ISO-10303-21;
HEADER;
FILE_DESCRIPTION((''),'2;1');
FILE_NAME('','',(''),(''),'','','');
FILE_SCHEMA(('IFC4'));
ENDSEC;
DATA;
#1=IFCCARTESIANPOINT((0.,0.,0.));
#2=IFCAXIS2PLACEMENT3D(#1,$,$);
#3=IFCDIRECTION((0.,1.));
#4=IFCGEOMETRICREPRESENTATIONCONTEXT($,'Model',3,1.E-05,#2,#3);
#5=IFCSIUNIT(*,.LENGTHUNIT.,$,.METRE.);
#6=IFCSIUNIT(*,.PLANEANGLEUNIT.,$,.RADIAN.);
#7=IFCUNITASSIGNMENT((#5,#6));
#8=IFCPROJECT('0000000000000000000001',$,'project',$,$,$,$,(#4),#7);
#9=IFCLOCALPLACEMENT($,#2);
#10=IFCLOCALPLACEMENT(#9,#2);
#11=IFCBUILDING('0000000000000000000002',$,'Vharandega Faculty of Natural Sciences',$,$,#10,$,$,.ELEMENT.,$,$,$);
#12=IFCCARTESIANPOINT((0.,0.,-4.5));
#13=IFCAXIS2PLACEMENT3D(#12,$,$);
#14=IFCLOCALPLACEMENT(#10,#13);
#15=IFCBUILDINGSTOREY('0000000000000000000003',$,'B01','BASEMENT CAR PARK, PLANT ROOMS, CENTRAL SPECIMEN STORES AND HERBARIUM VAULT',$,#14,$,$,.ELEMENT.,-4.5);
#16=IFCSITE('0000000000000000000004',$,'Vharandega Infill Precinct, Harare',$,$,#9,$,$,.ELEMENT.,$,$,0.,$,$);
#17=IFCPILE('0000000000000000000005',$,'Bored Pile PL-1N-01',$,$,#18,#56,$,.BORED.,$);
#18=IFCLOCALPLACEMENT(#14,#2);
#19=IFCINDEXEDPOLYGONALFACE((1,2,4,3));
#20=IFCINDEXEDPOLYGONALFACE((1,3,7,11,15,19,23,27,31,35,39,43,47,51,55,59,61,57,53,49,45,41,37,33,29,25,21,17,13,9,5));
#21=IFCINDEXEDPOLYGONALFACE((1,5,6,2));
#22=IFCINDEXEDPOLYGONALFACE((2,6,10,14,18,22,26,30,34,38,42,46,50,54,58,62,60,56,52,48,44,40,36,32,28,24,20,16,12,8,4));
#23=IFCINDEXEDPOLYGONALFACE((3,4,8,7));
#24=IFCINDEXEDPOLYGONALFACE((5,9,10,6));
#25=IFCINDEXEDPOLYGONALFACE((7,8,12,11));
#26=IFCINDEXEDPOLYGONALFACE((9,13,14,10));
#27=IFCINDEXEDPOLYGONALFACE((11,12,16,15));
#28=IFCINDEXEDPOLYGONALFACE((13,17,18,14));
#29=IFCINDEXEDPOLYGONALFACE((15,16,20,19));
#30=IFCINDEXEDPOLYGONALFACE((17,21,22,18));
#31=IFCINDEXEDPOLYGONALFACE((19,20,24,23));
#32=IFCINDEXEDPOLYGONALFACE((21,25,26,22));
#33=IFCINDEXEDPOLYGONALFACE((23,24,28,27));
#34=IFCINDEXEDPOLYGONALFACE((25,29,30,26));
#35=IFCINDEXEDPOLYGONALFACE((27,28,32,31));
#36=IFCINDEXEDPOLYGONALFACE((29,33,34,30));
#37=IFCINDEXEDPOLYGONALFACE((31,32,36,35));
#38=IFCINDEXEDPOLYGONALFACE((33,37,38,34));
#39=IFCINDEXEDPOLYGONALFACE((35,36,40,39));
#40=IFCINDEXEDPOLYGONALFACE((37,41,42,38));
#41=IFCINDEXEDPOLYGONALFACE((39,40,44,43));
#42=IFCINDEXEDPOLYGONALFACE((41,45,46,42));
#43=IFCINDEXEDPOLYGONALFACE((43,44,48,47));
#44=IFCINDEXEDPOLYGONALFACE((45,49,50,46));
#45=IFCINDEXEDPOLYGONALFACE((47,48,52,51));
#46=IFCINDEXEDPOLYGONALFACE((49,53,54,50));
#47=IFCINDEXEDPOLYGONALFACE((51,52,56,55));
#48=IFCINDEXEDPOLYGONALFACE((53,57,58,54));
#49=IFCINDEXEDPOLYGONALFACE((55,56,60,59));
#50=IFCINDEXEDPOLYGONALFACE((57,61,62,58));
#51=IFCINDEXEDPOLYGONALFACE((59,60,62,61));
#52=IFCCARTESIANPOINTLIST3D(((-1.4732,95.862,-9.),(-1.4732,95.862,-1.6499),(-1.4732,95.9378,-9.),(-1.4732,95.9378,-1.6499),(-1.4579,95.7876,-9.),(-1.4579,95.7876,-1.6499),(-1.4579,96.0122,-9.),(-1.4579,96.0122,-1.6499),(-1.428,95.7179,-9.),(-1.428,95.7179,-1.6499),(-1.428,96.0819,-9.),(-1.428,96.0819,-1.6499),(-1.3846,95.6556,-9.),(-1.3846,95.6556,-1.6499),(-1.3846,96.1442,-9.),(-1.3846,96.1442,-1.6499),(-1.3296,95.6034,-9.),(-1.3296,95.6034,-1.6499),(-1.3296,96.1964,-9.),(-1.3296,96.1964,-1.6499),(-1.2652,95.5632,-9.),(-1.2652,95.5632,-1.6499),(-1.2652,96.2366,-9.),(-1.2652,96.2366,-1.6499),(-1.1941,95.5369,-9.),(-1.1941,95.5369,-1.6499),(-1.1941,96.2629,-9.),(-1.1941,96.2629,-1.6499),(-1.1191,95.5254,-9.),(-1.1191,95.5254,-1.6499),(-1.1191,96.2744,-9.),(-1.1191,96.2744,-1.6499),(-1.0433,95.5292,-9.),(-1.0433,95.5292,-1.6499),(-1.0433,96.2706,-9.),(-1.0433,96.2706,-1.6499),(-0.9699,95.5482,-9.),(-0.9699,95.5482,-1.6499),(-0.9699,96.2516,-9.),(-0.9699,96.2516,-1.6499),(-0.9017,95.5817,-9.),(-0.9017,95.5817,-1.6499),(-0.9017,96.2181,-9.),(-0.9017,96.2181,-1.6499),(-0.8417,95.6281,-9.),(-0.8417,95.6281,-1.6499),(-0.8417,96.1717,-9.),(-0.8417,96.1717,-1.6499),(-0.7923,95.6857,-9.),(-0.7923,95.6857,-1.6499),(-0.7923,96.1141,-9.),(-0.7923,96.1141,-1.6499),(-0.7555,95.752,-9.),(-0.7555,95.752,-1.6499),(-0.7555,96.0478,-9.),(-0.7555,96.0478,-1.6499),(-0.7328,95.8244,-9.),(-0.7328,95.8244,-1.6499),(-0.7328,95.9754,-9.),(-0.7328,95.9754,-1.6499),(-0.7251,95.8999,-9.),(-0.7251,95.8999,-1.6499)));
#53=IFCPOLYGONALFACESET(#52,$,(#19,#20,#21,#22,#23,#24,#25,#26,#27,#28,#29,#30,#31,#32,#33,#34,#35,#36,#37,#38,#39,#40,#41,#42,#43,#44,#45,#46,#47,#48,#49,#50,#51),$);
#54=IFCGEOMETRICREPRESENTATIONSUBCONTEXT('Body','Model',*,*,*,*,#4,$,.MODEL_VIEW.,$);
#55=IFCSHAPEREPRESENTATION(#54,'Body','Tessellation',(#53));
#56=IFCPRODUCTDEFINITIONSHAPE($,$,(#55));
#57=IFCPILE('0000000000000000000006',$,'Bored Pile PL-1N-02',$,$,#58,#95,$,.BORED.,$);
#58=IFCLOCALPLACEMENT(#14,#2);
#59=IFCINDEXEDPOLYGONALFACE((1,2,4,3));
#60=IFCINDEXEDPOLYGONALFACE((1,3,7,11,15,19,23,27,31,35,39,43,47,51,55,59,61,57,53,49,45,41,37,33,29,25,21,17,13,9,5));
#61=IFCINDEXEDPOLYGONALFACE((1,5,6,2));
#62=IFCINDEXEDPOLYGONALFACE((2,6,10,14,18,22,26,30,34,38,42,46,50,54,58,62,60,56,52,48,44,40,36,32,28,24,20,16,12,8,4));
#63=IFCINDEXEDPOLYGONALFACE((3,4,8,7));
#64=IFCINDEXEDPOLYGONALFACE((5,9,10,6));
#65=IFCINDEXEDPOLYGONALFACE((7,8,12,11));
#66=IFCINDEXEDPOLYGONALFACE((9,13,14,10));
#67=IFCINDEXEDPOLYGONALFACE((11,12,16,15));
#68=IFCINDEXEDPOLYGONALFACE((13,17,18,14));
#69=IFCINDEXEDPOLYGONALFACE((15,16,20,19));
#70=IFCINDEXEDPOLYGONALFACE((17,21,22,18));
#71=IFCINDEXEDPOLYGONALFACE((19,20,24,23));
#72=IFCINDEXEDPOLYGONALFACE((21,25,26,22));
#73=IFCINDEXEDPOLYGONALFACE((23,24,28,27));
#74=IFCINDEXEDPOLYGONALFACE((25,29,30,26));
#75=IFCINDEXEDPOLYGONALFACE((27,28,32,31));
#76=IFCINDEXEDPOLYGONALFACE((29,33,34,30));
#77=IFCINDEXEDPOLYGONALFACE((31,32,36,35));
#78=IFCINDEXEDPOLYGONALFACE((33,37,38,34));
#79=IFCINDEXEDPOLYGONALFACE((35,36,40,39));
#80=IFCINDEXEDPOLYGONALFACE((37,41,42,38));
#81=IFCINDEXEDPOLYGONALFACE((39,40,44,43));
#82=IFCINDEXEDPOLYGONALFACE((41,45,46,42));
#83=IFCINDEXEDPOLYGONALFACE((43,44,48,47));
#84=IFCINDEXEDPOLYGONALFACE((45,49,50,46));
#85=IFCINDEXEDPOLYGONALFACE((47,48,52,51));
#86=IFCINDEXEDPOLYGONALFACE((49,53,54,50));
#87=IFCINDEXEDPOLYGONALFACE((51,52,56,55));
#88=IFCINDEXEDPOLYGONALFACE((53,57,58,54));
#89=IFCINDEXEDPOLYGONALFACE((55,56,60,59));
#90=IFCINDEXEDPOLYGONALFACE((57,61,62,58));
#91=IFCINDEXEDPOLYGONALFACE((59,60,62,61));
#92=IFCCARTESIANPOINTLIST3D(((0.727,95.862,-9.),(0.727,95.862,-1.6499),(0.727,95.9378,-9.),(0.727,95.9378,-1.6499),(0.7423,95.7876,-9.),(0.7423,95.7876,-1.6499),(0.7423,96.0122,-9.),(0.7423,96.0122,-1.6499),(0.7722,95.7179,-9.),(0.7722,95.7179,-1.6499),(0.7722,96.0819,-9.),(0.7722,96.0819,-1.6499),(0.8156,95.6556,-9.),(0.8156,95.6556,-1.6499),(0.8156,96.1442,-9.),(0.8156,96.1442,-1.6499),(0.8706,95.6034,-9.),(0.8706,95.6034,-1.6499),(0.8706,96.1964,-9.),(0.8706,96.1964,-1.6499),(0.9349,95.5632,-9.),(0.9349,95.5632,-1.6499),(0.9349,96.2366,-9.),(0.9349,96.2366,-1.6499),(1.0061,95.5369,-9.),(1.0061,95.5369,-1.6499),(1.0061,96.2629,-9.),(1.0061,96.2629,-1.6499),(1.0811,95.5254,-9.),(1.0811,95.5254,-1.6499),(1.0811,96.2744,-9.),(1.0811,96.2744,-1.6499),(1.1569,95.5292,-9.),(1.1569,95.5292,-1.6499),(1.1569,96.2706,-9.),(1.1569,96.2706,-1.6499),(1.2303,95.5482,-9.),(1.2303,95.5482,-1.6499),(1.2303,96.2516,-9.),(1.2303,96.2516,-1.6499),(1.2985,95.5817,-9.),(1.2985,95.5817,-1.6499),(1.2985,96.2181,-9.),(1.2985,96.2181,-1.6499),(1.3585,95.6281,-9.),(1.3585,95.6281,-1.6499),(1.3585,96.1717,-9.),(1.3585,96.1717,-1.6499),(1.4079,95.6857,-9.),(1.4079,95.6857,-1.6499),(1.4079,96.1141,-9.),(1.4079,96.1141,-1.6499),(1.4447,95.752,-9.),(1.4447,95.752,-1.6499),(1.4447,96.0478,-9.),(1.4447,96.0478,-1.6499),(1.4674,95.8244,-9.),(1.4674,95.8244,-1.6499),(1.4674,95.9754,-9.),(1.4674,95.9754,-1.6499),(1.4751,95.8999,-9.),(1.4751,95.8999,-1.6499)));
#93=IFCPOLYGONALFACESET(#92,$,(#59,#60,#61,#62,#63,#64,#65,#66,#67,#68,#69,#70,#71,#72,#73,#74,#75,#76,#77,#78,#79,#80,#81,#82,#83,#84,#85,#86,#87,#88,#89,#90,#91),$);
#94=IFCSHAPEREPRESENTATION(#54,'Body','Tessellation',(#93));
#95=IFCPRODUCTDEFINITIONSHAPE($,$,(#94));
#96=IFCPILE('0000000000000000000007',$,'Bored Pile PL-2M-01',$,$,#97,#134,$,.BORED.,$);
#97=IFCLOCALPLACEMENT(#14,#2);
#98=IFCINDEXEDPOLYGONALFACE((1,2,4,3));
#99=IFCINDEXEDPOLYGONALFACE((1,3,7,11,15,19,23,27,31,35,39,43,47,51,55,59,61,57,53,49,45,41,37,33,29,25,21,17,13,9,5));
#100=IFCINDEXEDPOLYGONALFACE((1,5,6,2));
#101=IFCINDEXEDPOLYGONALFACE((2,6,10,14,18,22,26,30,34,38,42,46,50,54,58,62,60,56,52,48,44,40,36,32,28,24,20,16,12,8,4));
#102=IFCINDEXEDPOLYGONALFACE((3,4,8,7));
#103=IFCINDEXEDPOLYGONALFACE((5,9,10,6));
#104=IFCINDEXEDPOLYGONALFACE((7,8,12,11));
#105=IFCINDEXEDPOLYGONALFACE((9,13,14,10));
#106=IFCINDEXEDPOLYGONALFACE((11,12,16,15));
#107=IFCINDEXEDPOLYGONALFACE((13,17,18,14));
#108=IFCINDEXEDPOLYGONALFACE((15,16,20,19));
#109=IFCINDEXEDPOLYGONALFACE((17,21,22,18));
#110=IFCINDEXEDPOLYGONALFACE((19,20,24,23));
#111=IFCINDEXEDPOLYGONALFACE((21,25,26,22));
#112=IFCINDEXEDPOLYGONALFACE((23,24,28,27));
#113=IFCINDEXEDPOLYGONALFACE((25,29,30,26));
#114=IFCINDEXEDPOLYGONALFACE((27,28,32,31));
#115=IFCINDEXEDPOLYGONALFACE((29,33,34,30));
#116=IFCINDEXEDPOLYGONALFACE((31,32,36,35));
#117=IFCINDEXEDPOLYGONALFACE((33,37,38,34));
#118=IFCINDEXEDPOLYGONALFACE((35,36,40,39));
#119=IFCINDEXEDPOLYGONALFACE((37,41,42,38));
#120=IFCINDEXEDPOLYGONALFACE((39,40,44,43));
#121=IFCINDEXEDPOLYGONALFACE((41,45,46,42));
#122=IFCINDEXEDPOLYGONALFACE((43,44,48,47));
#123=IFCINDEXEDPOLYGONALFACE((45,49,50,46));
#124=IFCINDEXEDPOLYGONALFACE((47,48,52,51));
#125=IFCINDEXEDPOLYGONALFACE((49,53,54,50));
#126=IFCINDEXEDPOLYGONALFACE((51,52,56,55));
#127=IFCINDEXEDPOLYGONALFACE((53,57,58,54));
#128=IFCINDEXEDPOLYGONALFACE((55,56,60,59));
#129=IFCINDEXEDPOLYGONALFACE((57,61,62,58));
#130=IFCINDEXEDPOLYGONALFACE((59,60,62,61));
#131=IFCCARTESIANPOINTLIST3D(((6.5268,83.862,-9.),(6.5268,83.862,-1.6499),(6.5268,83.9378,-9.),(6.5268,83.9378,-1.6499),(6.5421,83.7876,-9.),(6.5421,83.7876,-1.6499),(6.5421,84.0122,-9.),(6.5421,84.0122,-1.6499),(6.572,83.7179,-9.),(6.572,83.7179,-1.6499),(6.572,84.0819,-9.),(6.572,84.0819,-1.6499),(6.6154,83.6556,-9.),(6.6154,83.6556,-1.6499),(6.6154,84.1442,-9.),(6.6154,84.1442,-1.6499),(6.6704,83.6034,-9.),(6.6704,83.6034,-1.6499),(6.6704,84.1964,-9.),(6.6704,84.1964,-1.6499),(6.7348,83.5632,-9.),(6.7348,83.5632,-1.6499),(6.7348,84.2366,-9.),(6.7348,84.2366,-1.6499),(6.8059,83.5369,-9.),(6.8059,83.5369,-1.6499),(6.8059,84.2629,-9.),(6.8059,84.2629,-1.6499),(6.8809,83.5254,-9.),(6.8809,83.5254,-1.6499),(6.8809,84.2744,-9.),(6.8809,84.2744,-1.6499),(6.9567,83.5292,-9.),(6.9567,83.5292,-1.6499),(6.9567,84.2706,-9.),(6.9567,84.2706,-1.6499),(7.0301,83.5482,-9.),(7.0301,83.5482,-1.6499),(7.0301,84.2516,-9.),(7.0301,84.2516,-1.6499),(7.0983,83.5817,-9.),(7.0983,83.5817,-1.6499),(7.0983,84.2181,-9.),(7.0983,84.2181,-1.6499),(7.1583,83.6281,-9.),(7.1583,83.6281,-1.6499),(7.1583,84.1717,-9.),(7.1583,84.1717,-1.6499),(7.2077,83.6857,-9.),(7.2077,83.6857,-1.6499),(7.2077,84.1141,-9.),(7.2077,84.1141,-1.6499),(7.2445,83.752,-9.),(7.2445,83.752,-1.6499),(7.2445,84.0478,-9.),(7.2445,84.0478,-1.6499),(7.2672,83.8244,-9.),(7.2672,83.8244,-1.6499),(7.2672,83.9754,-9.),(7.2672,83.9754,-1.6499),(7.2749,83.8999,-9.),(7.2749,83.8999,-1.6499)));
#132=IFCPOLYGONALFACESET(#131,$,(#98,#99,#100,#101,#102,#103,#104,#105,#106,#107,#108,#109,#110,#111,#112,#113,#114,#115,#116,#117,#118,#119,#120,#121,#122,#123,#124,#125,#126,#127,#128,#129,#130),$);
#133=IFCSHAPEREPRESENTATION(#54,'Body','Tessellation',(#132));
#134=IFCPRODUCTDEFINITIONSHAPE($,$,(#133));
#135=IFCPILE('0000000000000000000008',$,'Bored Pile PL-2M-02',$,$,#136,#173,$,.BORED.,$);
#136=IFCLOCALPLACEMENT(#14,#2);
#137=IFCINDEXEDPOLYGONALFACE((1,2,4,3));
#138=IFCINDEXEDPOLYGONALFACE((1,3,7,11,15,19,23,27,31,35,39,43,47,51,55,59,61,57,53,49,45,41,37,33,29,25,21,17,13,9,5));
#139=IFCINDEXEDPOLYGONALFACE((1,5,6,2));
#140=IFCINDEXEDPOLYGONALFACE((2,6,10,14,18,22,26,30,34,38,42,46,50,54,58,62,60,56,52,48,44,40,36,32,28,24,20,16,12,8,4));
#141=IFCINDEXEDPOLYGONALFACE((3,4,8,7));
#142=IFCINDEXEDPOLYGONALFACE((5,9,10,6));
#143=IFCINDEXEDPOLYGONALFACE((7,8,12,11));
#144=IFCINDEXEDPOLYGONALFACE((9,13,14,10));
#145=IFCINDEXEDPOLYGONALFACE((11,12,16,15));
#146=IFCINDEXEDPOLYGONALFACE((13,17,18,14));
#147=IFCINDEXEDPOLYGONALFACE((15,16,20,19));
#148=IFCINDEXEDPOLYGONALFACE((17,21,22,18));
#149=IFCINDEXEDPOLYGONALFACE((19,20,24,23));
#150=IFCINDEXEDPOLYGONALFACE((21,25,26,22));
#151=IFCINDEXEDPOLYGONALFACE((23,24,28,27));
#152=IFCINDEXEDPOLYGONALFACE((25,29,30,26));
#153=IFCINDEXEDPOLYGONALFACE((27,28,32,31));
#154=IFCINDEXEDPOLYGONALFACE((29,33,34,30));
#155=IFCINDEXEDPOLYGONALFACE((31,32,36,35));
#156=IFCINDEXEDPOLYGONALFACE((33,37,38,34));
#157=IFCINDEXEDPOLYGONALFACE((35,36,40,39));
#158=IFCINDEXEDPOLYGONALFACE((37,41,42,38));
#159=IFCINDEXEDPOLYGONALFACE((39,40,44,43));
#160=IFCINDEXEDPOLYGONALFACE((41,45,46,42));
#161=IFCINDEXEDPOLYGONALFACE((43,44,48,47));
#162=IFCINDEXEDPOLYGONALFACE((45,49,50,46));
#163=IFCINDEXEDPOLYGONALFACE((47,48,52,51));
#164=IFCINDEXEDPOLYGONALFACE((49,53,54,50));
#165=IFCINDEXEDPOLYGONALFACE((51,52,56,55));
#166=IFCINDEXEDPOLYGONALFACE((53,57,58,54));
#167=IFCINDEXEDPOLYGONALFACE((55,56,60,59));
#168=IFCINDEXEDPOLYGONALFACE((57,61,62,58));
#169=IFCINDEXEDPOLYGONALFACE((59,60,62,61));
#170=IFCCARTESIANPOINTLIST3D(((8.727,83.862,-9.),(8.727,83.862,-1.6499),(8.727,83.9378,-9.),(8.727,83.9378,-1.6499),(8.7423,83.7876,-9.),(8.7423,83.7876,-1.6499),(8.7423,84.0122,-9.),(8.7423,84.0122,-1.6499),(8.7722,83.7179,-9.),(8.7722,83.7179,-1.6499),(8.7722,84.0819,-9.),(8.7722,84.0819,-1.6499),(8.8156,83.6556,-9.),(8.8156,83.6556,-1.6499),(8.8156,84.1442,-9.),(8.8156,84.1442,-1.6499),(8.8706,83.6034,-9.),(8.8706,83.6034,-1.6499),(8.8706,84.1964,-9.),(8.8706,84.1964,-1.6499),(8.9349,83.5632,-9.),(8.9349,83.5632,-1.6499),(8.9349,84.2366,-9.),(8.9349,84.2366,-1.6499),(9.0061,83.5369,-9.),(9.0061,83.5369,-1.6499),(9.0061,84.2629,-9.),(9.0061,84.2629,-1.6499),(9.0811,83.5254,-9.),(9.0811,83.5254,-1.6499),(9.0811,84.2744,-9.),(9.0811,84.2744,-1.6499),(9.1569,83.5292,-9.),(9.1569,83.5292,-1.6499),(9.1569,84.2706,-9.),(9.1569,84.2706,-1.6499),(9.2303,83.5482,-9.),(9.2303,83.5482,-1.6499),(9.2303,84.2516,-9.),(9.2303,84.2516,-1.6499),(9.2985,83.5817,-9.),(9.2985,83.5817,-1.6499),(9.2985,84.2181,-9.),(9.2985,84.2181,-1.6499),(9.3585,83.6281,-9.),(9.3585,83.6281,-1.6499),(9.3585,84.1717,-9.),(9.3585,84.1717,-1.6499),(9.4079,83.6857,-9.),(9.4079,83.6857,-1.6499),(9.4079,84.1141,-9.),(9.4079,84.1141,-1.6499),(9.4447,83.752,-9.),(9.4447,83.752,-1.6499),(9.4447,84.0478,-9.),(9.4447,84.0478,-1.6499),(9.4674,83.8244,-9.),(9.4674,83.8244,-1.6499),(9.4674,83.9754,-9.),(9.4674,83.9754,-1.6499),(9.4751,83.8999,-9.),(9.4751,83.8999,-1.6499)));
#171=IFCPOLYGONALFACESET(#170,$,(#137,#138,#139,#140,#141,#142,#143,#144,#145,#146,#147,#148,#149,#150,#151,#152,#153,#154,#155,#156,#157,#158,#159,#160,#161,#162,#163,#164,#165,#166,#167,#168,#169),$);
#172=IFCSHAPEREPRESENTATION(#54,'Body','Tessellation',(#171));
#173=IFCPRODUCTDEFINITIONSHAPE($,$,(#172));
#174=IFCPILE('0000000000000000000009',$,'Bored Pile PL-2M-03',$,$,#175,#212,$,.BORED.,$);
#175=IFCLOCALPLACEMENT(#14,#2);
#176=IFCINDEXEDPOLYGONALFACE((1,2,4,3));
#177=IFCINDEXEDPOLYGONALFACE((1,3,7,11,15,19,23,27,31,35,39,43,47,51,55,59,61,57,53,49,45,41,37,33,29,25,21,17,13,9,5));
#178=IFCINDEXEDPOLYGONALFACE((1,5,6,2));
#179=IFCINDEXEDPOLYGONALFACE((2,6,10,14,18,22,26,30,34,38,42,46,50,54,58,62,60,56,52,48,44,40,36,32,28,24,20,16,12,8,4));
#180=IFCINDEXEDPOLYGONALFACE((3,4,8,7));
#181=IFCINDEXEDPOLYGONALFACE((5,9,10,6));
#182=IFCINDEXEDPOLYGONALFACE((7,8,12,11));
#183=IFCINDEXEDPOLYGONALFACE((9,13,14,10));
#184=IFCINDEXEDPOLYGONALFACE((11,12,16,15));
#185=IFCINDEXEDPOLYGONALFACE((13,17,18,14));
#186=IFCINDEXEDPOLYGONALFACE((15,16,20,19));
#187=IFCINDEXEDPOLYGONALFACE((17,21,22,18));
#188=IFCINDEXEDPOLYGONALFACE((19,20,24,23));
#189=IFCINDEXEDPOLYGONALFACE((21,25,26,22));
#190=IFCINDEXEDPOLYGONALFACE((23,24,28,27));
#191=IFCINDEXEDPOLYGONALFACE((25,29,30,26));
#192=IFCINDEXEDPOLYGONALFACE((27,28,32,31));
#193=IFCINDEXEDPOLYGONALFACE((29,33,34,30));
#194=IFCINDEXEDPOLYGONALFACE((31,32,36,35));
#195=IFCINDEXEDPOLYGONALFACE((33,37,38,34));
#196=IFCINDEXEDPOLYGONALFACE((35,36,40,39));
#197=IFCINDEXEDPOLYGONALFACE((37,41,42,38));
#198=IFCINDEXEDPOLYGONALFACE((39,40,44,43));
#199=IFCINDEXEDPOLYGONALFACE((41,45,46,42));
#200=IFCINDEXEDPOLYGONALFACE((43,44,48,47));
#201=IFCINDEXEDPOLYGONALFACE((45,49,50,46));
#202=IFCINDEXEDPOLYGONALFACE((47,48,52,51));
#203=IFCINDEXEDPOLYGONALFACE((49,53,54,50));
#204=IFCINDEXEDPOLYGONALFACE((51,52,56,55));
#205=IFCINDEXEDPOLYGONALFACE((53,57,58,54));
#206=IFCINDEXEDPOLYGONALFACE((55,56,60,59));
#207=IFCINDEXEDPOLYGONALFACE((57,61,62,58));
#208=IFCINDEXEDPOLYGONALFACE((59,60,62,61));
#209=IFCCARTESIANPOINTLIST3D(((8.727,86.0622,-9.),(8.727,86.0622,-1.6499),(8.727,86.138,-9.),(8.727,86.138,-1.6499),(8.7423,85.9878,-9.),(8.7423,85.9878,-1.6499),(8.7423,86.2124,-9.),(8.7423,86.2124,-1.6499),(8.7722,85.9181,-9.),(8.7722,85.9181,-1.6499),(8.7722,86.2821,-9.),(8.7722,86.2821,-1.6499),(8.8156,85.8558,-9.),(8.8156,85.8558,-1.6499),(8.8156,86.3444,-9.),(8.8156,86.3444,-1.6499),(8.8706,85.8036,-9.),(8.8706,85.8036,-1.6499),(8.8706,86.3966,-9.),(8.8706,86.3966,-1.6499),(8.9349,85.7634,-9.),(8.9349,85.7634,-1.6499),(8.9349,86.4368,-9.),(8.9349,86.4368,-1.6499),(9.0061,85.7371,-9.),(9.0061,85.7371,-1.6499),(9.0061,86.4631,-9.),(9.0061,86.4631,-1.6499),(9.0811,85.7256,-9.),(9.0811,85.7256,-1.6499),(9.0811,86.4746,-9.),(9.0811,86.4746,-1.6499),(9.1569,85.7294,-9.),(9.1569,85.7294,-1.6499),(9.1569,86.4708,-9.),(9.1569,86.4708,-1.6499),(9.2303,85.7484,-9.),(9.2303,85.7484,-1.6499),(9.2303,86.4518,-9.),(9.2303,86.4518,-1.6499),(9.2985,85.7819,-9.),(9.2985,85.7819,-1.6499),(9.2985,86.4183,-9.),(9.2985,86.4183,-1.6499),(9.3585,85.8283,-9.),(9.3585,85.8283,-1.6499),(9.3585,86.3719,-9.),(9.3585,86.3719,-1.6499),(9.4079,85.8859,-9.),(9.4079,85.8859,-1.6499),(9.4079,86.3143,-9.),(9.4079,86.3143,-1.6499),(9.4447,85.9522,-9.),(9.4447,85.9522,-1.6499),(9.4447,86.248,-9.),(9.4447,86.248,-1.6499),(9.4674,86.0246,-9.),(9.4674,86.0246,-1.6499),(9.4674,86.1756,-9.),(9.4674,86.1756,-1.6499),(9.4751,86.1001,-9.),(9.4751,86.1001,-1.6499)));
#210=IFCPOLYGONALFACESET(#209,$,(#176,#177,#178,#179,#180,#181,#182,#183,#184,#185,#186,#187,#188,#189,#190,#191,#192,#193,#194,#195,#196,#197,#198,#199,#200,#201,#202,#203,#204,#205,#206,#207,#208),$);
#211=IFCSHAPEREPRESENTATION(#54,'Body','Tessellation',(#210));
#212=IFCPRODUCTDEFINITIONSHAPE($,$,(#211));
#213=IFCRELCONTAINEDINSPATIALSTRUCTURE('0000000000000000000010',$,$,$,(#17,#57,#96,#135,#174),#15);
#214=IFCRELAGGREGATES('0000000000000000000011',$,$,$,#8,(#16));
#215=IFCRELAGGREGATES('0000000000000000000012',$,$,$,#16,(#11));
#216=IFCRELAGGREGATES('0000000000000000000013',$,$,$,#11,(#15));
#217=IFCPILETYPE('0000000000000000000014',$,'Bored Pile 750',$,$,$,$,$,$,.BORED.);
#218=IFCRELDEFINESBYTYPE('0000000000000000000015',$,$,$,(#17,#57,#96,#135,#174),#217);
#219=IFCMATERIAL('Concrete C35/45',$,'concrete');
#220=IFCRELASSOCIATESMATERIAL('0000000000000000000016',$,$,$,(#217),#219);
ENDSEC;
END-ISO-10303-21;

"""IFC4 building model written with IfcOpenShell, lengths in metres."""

from ifc_helpers import new_model, si_unit, direction, frame, origin, origin_2d, place, context, subcontext, project, spatial, circle, extrude, material, material_profile, profile_set, type_object, element, save


model = new_model("IFC4")

# Units and contexts
model_context = context("Model", 3, precision=1e-05, world=origin(), true_north=direction((0.0, 1.0)))
body_context = subcontext(model_context, "Body", "Model", "MODEL_VIEW")
ifc_project = project(units=[si_unit("LENGTHUNIT", "METRE"), si_unit("PLANEANGLEUNIT", "RADIAN")], contexts=[model_context])

# Site, building, storey
site_placement = place(None, origin())
site = spatial("IfcSite", under=ifc_project, at=site_placement, Name="Vharandega Infill Precinct, Harare", CompositionType="ELEMENT", RefElevation=0.0)
building_placement = place(site_placement, origin())
building = spatial("IfcBuilding", under=site, at=building_placement, Name="Vharandega Faculty of Natural Sciences", CompositionType="ELEMENT")
storey_placement = place(building_placement, frame((0.0, 0.0, -4.5)))
storey = spatial("IfcBuildingStorey", under=building, at=storey_placement, Name="B01", Description="BASEMENT CAR PARK, PLANT ROOMS, CENTRAL SPECIMEN STORES AND HERBARIUM VAULT", CompositionType="ELEMENT", Elevation=-4.5)

# Piles
ifc_material_1 = material(Name="Concrete C35/45", Category="concrete")
ifc_material_profile_1 = material_profile(ifc_material_1, circle(Radius=0.375, at=origin_2d()), Name="PILE 750")
ifc_profile_set_1 = profile_set([ifc_material_profile_1], Name="Concrete C35/45")
pile_type_1 = type_object("IfcPileType", Name="Bored Pile 750", PredefinedType="BORED", material=ifc_profile_set_1)
for number, where, z_axis, x_axis, name in (
    (1, (-1.1001, 95.8999, -1.6499), (0.0, 0.0, -1.0), (1.0, 0.0, 0.0), "Bored Pile PL-1N-01"),
    (2, (1.1001, 95.8999, -1.6499), (0.0, 0.0, -1.0), (1.0, 0.0, 0.0), "Bored Pile PL-1N-02"),
    (3, (6.8999, 83.8999, -1.6499), (0.0, 0.0, -1.0), (1.0, 0.0, 0.0), "Bored Pile PL-2M-01"),
    (4, (9.1001, 83.8999, -1.6499), (0.0, 0.0, -1.0), (1.0, 0.0, 0.0), "Bored Pile PL-2M-02"),
    (5, (9.1001, 86.1001, -1.6499), (0.0, 0.0, -1.0), (1.0, 0.0, 0.0), "Bored Pile PL-2M-03"),
):
    element("IfcPile", number, at=place(storey_placement, frame(where, z_axis=z_axis, x_axis=x_axis)), inside=storey, type_object=pile_type_1, Name=name, PredefinedType="BORED", context=body_context, shape_type="SweptSolid", body=[
        extrude(circle(Radius=0.375, at=origin_2d()), origin(), (0.0, 0.0, 1.0), 7.3501),
    ])

save(model, "model.ifc")
